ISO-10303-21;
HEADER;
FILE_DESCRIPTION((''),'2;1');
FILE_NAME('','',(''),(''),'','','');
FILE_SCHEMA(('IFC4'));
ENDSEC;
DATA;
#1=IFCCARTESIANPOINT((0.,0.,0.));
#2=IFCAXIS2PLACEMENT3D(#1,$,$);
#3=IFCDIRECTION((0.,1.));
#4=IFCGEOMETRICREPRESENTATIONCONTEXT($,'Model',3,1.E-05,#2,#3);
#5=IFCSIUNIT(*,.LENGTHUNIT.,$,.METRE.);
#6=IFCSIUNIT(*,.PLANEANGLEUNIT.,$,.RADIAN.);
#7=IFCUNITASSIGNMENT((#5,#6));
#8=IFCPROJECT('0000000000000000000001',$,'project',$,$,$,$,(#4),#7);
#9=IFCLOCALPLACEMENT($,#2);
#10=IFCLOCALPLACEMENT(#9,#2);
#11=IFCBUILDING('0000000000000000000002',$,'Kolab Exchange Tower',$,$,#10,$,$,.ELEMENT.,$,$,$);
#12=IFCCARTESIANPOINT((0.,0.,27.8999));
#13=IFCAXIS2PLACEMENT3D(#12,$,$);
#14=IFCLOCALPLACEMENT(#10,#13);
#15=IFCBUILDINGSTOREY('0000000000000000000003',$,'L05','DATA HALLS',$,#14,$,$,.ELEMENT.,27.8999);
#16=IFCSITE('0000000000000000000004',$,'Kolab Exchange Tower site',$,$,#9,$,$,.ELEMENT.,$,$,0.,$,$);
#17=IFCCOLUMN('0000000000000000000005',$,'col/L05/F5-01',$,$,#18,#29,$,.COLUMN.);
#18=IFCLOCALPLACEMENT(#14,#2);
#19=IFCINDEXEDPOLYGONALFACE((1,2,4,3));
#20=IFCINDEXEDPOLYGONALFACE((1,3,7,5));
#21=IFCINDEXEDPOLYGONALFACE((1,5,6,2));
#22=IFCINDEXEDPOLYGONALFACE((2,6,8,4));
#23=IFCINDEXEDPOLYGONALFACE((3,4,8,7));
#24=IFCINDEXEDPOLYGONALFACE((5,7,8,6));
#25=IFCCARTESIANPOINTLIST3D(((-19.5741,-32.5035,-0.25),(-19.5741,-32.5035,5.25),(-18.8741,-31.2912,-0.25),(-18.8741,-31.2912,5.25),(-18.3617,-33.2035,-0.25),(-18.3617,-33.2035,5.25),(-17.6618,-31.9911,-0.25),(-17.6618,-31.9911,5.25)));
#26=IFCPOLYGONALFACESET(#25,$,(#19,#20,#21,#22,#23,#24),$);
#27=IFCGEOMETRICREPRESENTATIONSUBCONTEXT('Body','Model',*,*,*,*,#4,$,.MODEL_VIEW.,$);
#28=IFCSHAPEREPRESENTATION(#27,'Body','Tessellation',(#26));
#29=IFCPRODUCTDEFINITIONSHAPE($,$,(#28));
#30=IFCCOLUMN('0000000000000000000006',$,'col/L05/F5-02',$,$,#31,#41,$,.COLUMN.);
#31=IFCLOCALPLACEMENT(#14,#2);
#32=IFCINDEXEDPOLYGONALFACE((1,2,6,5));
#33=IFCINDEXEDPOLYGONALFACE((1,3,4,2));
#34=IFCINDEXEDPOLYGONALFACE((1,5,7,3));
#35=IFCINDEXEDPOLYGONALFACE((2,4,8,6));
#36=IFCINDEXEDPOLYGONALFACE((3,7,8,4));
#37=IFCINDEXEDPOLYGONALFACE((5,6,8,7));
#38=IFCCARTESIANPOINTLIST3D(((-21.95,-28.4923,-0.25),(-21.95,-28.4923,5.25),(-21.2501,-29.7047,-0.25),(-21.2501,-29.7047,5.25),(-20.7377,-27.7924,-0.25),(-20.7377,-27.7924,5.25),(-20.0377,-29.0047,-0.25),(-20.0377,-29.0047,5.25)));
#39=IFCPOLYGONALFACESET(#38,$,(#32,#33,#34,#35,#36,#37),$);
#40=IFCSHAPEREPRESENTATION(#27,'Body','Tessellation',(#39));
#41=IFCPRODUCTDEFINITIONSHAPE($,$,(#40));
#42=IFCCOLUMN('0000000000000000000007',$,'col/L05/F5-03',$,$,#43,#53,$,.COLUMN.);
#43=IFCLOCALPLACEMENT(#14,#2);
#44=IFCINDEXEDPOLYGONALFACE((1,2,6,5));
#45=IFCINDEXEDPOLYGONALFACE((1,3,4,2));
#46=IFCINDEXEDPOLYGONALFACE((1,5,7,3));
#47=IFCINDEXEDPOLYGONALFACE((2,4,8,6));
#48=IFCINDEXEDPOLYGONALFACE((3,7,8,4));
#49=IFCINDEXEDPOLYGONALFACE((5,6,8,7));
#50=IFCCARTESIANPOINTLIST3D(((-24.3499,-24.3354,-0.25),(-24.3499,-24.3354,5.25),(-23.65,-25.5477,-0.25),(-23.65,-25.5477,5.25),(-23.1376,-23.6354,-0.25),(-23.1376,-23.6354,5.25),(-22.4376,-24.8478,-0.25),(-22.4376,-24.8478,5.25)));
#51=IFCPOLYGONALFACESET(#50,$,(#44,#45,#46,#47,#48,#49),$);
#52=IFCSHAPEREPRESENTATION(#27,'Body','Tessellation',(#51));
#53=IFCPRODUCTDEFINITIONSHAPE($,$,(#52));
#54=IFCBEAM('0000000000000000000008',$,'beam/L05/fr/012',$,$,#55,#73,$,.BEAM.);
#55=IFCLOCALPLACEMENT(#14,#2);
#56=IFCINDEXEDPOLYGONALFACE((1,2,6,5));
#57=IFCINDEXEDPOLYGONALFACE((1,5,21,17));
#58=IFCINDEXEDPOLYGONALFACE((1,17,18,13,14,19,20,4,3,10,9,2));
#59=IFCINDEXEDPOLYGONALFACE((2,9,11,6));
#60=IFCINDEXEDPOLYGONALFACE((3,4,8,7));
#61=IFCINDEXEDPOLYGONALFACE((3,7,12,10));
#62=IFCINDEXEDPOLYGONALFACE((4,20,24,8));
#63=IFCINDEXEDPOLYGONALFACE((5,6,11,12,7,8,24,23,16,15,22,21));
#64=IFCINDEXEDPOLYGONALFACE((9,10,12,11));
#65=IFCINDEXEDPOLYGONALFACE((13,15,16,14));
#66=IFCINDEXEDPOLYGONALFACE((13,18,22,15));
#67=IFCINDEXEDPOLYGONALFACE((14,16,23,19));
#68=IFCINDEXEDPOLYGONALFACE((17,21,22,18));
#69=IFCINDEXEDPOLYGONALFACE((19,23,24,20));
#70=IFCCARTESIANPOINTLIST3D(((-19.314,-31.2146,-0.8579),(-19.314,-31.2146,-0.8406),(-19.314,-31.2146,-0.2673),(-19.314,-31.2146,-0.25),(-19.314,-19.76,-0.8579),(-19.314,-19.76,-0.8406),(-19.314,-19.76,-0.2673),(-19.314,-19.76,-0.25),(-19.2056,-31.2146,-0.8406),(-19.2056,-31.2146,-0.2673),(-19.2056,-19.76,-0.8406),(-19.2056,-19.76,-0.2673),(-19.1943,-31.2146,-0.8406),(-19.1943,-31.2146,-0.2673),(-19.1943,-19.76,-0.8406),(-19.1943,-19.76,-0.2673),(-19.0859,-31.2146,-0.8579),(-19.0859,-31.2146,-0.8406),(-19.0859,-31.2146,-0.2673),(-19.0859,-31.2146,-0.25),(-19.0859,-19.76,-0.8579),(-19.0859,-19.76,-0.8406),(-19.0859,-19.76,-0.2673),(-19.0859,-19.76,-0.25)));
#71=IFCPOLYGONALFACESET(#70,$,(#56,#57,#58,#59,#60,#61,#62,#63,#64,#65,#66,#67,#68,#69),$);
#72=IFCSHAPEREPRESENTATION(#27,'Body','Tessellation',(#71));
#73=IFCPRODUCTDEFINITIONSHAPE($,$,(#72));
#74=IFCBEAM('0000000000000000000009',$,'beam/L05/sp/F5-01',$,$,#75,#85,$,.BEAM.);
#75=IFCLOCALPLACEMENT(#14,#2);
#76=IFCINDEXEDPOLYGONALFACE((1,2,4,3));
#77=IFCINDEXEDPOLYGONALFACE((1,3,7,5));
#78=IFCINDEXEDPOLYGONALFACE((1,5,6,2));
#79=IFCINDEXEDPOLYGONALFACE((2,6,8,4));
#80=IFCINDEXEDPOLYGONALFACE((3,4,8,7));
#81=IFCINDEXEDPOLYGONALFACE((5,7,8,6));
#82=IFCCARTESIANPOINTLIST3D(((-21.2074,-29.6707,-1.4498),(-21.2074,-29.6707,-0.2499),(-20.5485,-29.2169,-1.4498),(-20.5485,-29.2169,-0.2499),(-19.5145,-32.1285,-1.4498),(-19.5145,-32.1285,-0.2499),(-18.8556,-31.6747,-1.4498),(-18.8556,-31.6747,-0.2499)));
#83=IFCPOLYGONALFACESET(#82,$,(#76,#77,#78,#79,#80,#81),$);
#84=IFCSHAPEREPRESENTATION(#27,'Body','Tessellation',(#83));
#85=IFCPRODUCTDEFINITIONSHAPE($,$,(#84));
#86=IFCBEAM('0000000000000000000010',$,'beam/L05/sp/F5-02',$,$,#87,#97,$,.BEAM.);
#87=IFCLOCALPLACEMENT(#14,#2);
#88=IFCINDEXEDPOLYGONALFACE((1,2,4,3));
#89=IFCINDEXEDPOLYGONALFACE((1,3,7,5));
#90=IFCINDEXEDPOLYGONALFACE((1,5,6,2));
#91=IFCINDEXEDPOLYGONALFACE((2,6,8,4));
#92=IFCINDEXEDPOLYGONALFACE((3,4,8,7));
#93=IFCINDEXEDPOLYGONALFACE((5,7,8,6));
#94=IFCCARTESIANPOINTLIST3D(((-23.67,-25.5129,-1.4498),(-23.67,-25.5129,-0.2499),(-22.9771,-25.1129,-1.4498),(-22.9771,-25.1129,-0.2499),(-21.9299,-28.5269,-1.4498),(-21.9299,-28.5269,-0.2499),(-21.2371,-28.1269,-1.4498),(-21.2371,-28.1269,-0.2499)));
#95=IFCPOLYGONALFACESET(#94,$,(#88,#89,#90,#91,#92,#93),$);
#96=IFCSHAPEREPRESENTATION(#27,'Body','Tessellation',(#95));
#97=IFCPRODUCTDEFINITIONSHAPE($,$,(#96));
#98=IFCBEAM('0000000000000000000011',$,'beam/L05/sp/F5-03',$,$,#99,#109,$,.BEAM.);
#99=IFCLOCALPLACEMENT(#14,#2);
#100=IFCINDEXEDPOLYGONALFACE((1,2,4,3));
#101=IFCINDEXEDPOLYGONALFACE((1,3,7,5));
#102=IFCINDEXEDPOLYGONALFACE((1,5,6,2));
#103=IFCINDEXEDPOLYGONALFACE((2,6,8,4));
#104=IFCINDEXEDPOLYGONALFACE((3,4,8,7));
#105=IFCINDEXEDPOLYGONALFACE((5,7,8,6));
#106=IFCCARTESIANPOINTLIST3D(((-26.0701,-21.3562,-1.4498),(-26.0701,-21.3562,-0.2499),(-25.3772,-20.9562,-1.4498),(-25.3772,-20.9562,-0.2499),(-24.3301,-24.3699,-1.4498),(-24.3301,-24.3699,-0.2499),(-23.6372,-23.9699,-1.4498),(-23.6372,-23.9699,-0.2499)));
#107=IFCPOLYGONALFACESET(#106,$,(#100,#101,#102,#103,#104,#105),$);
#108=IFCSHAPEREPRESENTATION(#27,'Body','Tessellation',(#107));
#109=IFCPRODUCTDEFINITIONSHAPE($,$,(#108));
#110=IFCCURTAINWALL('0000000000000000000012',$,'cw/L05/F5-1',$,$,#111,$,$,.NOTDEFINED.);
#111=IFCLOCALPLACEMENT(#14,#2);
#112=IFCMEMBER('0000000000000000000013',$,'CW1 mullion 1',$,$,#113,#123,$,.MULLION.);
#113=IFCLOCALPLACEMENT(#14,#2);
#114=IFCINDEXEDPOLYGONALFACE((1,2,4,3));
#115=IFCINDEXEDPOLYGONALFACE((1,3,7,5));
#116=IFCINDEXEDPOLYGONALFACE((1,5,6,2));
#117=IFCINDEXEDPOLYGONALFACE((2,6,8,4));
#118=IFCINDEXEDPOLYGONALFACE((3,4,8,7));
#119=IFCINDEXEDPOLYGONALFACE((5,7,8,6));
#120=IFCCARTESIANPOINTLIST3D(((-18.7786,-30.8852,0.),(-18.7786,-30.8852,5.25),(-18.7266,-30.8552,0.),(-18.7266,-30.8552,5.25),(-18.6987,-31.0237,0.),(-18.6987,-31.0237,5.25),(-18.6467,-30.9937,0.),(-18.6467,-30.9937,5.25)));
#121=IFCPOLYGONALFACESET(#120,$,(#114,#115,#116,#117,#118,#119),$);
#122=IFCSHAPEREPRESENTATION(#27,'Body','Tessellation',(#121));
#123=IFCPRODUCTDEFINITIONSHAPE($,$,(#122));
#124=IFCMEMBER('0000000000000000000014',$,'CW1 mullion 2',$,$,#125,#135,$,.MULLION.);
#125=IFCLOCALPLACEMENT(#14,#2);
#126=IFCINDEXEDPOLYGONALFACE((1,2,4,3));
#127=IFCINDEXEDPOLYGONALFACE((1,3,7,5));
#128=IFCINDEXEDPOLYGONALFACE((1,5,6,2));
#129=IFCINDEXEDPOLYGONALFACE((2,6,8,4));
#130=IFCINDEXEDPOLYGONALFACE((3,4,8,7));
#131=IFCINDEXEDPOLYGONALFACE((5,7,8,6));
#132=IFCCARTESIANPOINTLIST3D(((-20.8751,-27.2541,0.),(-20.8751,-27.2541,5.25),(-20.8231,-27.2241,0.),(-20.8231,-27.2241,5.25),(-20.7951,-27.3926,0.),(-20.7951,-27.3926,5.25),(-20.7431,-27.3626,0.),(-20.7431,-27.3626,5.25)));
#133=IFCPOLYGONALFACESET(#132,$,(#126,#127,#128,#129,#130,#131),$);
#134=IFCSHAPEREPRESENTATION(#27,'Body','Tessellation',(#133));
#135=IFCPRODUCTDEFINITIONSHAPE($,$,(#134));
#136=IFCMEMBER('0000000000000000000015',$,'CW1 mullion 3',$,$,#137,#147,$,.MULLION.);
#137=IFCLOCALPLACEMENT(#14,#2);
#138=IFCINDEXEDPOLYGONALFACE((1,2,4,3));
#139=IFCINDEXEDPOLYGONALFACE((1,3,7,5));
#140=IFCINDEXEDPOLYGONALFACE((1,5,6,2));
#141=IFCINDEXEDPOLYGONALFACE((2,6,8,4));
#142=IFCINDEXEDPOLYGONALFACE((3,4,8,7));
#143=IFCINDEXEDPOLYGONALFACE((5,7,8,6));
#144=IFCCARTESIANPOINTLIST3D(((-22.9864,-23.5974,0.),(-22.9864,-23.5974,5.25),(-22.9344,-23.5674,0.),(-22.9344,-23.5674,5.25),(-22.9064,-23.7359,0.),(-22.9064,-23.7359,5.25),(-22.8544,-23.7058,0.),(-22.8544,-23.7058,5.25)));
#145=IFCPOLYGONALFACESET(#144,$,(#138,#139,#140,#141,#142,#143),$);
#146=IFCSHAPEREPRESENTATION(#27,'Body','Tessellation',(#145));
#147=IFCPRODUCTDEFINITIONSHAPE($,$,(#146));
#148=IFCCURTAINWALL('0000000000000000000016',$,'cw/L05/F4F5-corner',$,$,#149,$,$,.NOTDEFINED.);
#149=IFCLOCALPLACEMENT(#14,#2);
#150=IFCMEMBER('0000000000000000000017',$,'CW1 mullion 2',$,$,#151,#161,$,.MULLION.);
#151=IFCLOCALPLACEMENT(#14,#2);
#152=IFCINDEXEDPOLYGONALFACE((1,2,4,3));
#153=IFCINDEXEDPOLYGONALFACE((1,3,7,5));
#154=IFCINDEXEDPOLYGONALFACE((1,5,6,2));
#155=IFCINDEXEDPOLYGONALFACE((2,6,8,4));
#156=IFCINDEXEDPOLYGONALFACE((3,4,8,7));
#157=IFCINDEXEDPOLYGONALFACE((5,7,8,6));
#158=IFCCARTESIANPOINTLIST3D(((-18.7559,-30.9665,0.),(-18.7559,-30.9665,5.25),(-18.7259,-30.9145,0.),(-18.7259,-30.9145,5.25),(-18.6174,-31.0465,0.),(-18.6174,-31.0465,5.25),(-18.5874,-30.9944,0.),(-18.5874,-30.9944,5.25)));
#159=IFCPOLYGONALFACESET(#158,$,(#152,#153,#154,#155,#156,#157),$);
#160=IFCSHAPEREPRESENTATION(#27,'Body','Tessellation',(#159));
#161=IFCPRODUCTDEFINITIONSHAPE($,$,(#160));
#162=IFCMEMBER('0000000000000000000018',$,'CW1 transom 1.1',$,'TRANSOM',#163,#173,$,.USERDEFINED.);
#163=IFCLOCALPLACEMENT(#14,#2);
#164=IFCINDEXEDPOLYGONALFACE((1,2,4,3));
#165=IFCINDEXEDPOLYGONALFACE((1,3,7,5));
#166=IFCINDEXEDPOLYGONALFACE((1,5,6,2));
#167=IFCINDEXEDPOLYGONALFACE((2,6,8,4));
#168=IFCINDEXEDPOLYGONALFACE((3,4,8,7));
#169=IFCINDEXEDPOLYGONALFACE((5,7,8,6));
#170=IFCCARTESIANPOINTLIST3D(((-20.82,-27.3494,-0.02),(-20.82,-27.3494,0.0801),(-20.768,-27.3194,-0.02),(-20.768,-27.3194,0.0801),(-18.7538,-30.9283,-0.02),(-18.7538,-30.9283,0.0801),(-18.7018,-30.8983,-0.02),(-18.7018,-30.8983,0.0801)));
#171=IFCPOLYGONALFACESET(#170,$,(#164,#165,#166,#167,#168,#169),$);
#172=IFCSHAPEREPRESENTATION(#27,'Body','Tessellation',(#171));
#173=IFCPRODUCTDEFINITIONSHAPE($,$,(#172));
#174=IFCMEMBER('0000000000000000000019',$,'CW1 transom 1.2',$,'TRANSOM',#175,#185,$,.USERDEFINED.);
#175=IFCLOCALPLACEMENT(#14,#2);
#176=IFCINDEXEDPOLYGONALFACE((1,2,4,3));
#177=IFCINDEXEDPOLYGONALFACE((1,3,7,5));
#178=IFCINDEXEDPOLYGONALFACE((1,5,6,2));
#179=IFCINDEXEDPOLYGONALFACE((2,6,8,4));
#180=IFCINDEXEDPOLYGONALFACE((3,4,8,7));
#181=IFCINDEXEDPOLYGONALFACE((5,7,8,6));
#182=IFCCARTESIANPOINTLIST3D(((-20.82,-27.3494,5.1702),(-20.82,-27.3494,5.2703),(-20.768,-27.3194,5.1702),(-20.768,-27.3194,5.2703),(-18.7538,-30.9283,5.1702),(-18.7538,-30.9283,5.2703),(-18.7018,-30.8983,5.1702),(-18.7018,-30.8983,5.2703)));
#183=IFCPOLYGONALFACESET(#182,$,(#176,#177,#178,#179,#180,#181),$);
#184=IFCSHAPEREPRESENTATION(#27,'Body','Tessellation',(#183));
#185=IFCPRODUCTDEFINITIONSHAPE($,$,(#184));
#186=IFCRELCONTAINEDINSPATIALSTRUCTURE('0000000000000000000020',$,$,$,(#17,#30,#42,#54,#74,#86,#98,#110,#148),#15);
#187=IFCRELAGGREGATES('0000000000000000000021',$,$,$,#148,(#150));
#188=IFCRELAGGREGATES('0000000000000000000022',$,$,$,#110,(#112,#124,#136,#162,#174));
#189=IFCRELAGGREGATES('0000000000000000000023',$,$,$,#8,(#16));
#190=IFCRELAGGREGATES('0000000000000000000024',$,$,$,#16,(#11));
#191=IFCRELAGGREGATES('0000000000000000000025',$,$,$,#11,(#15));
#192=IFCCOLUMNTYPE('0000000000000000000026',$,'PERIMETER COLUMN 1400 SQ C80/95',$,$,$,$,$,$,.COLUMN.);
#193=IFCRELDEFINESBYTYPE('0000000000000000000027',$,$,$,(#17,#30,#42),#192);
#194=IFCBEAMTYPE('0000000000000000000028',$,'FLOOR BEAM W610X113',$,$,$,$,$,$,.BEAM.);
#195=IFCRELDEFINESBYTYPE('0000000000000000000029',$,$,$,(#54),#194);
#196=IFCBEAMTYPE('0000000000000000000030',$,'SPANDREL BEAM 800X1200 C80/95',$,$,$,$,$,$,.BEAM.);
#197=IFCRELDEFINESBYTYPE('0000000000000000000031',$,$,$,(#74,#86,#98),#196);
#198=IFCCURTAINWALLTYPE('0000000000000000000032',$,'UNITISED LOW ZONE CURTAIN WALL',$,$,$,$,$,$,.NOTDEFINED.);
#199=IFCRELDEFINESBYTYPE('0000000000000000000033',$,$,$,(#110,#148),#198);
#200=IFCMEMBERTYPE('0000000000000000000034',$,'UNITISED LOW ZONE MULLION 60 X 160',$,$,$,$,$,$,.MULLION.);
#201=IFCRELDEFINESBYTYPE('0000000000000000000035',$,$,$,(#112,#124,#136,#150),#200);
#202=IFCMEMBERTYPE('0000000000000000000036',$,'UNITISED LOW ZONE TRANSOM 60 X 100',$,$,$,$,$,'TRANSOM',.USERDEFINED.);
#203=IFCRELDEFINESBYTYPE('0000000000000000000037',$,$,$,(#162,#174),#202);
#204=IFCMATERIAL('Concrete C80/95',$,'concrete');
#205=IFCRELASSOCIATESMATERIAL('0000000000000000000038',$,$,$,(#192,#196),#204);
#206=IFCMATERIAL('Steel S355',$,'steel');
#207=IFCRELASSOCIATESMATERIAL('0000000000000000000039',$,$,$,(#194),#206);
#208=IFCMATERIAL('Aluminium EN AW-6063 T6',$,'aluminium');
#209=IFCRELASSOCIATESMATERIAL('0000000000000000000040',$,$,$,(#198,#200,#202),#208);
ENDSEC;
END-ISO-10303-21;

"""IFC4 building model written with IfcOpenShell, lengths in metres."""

from ifc_helpers import new_model, si_unit, direction, frame, origin, origin_2d, place, context, subcontext, project, spatial, rectangle, i_section, extrude, material, material_profile, profile_set, type_object, element, aggregate, save


model = new_model("IFC4")

# Units and contexts
model_context = context("Model", 3, precision=1e-05, world=origin(), true_north=direction((0.0, 1.0)))
body_context = subcontext(model_context, "Body", "Model", "MODEL_VIEW")
ifc_project = project(units=[si_unit("LENGTHUNIT", "METRE"), si_unit("PLANEANGLEUNIT", "RADIAN")], contexts=[model_context])

# Site, building, storey
site_placement = place(None, origin())
site = spatial("IfcSite", under=ifc_project, at=site_placement, Name="Kolab Exchange Tower site", CompositionType="ELEMENT", RefElevation=0.0)
building_placement = place(site_placement, origin())
building = spatial("IfcBuilding", under=site, at=building_placement, Name="Kolab Exchange Tower", CompositionType="ELEMENT")
storey_placement = place(building_placement, frame((0.0, 0.0, 27.8999)))
storey = spatial("IfcBuildingStorey", under=building, at=storey_placement, Name="L05", Description="DATA HALLS", CompositionType="ELEMENT", Elevation=27.8999)

# Columns
ifc_material_1 = material(Name="Concrete C80/95", Category="concrete")
ifc_material_profile_1 = material_profile(ifc_material_1, rectangle(XDim=1.3999, YDim=1.3999, at=origin_2d()), Name="RC1400")
ifc_profile_set_1 = profile_set([ifc_material_profile_1], Name="Concrete C80/95")
column_type = type_object("IfcColumnType", Name="PERIMETER COLUMN 1400 SQ C80/95", PredefinedType="COLUMN", material=ifc_profile_set_1)
for number, where, z_axis, x_axis, name in (
    (1, (-18.6179, -32.2473, -0.25), (0.0, 0.0, 1.0), (0.5, 0.866025, 0.0), "col/L05/F5-01"),
    (2, (-20.9939, -28.7485, -0.25), (0.0, 0.0, 1.0), (0.866025, 0.5, 0.0), "col/L05/F5-02"),
    (3, (-23.3938, -24.5916, -0.25), (0.0, 0.0, 1.0), (0.866025, 0.5, 0.0), "col/L05/F5-03"),
):
    element("IfcColumn", number, at=place(storey_placement, frame(where, z_axis=z_axis, x_axis=x_axis)), inside=storey, type_object=column_type, Name=name, PredefinedType="COLUMN", context=body_context, shape_type="SweptSolid", body=[
        extrude(rectangle(XDim=1.3999, YDim=1.3999, at=origin_2d()), origin(), (0.0, 0.0, 1.0), 5.5),
    ])

# Beams
ifc_material_2 = material(Name="Steel S355", Category="steel")
ifc_material_profile_2 = material_profile(ifc_material_2, i_section(OverallWidth=0.228, OverallDepth=0.6079, WebThickness=0.0112, FlangeThickness=0.0173, at=origin_2d()), Name="W610X113")
ifc_profile_set_2 = profile_set([ifc_material_profile_2], Name="Steel S355")
beam_type_1 = type_object("IfcBeamType", Name="FLOOR BEAM W610X113", PredefinedType="BEAM", material=ifc_profile_set_2)
beam_1_placement = place(storey_placement, frame((-19.2, -31.2146, -0.554), z_axis=(0.0, 1.0, 0.0), x_axis=(-1.0, 0.0, 0.0)))
element("IfcBeam", 4, at=beam_1_placement, inside=storey, type_object=beam_type_1, Name="beam/L05/fr/012", PredefinedType="BEAM", context=body_context, shape_type="SweptSolid", body=[
    extrude(i_section(OverallWidth=0.228, OverallDepth=0.6079, WebThickness=0.0112, FlangeThickness=0.0173, at=origin_2d()), origin(), (0.0, 0.0, 1.0), 11.4546),
])
ifc_material_profile_3 = material_profile(ifc_material_1, rectangle(XDim=0.8, YDim=1.2, at=origin_2d()), Name="RC800X1200")
ifc_profile_set_3 = profile_set([ifc_material_profile_3], Name="Concrete C80/95")
beam_type_2 = type_object("IfcBeamType", Name="SPANDREL BEAM 800X1200 C80/95", PredefinedType="BEAM", material=ifc_profile_set_3)
beam_2_placement = place(storey_placement, frame((-19.1851, -31.9016, -0.8499), z_axis=(-0.567247, 0.823548, 0.0), x_axis=(-0.823548, -0.567247, 0.0)))
element("IfcBeam", 5, at=beam_2_placement, inside=storey, type_object=beam_type_2, Name="beam/L05/sp/F5-01", PredefinedType="BEAM", context=body_context, shape_type="SweptSolid", body=[
    extrude(rectangle(XDim=0.8, YDim=1.2, at=origin_2d()), origin(), (0.0, 0.0, 1.0), 2.9844),
])
beam_3_placement = place(storey_placement, frame((-21.5835, -28.3269, -0.8499), z_axis=(-0.49998, 0.866037, 0.0), x_axis=(-0.866037, -0.49998, 0.0)))
element("IfcBeam", 6, at=beam_3_placement, inside=storey, type_object=beam_type_2, Name="beam/L05/sp/F5-02", PredefinedType="BEAM", context=body_context, shape_type="SweptSolid", body=[
    extrude(rectangle(XDim=0.8, YDim=1.2, at=origin_2d()), origin(), (0.0, 0.0, 1.0), 3.4802),
])
beam_4_placement = place(storey_placement, frame((-23.9836, -24.1699, -0.8499), z_axis=(-0.50001, 0.86602, 0.0), x_axis=(-0.86602, -0.50001, 0.0)))
element("IfcBeam", 7, at=beam_4_placement, inside=storey, type_object=beam_type_2, Name="beam/L05/sp/F5-03", PredefinedType="BEAM", context=body_context, shape_type="SweptSolid", body=[
    extrude(rectangle(XDim=0.8, YDim=1.2, at=origin_2d()), origin(), (0.0, 0.0, 1.0), 3.48),
])

# Curtain wall, members
ifc_material_3 = material(Name="Aluminium EN AW-6063 T6", Category="aluminium")
curtain_wall_type = type_object("IfcCurtainWallType", Name="UNITISED LOW ZONE CURTAIN WALL", PredefinedType="NOTDEFINED", material=ifc_material_3)
curtain_wall_1_placement = place(storey_placement, origin())
curtain_wall_1 = element("IfcCurtainWall", 8, at=curtain_wall_1_placement, inside=storey, type_object=curtain_wall_type, Name="cw/L05/F5-1", PredefinedType="NOTDEFINED")
ifc_material_profile_4 = material_profile(ifc_material_3, rectangle(XDim=0.0601, YDim=0.1599, at=origin_2d()), Name="RECT 60X160")
ifc_profile_set_4 = profile_set([ifc_material_profile_4], Name="Aluminium EN AW-6063 T6")
member_type_1 = type_object("IfcMemberType", Name="UNITISED LOW ZONE MULLION 60 X 160", PredefinedType="MULLION", material=ifc_profile_set_4)
member_1_placement = place(storey_placement, frame((-18.7126, -30.9395, 0.0), z_axis=(0.0, 0.0, 1.0), x_axis=(-0.866025, -0.5, 0.0)))
member_1 = element("IfcMember", 9, at=member_1_placement, type_object=member_type_1, Name="CW1 mullion 1", PredefinedType="MULLION", context=body_context, shape_type="SweptSolid", body=[
    extrude(rectangle(XDim=0.0601, YDim=0.1599, at=origin_2d()), origin(), (0.0, 0.0, 1.0), 5.25),
])
member_2_placement = place(storey_placement, frame((-20.8091, -27.3083, 0.0), z_axis=(0.0, 0.0, 1.0), x_axis=(-0.866025, -0.5, 0.0)))
member_2 = element("IfcMember", 10, at=member_2_placement, type_object=member_type_1, Name="CW1 mullion 2", PredefinedType="MULLION", context=body_context, shape_type="SweptSolid", body=[
    extrude(rectangle(XDim=0.0601, YDim=0.1599, at=origin_2d()), origin(), (0.0, 0.0, 1.0), 5.25),
])
member_3_placement = place(storey_placement, frame((-22.9204, -23.6516, 0.0), z_axis=(0.0, 0.0, 1.0), x_axis=(-0.866025, -0.5, 0.0)))
member_3 = element("IfcMember", 11, at=member_3_placement, type_object=member_type_1, Name="CW1 mullion 3", PredefinedType="MULLION", context=body_context, shape_type="SweptSolid", body=[
    extrude(rectangle(XDim=0.0601, YDim=0.1599, at=origin_2d()), origin(), (0.0, 0.0, 1.0), 5.25),
])

# Curtain wall, member
curtain_wall_2_placement = place(storey_placement, origin())
curtain_wall_2 = element("IfcCurtainWall", 12, at=curtain_wall_2_placement, inside=storey, type_object=curtain_wall_type, Name="cw/L05/F4F5-corner", PredefinedType="NOTDEFINED")
member_4_placement = place(storey_placement, frame((-18.6716, -30.9805, 0.0), z_axis=(0.0, 0.0, 1.0), x_axis=(-0.5, -0.866025, 0.0)))
member_4 = element("IfcMember", 13, at=member_4_placement, type_object=member_type_1, Name="CW1 mullion 2", PredefinedType="MULLION", context=body_context, shape_type="SweptSolid", body=[
    extrude(rectangle(XDim=0.0601, YDim=0.1599, at=origin_2d()), origin(), (0.0, 0.0, 1.0), 5.25),
])
aggregate(curtain_wall_2, [member_4])

# Members
ifc_material_profile_5 = material_profile(ifc_material_3, rectangle(XDim=0.0601, YDim=0.1001, at=origin_2d()), Name="RECT 60X100")
ifc_profile_set_5 = profile_set([ifc_material_profile_5], Name="Aluminium EN AW-6063 T6")
member_type_2 = type_object("IfcMemberType", Name="UNITISED LOW ZONE TRANSOM 60 X 100", ElementType="TRANSOM", PredefinedType="USERDEFINED", material=ifc_profile_set_5)
member_5_placement = place(storey_placement, frame((-18.7278, -30.9133, 0.03), z_axis=(-0.499983, 0.866035, 0.0), x_axis=(-0.866035, -0.499983, 0.0)))
member_5 = element("IfcMember", 14, at=member_5_placement, type_object=member_type_2, Name="CW1 transom 1.1", ObjectType="TRANSOM", PredefinedType="USERDEFINED", context=body_context, shape_type="SweptSolid", body=[
    extrude(rectangle(XDim=0.0601, YDim=0.1001, at=origin_2d()), origin(), (0.0, 0.0, 1.0), 4.1326),
])
member_6_placement = place(storey_placement, frame((-18.7278, -30.9133, 5.2202), z_axis=(-0.499983, 0.866035, 0.0), x_axis=(-0.866035, -0.499983, 0.0)))
member_6 = element("IfcMember", 15, at=member_6_placement, type_object=member_type_2, Name="CW1 transom 1.2", ObjectType="TRANSOM", PredefinedType="USERDEFINED", context=body_context, shape_type="SweptSolid", body=[
    extrude(rectangle(XDim=0.0601, YDim=0.1001, at=origin_2d()), origin(), (0.0, 0.0, 1.0), 4.1326),
])

aggregate(curtain_wall_1, [member_1, member_2, member_3, member_5, member_6])

save(model, "model.ifc")
